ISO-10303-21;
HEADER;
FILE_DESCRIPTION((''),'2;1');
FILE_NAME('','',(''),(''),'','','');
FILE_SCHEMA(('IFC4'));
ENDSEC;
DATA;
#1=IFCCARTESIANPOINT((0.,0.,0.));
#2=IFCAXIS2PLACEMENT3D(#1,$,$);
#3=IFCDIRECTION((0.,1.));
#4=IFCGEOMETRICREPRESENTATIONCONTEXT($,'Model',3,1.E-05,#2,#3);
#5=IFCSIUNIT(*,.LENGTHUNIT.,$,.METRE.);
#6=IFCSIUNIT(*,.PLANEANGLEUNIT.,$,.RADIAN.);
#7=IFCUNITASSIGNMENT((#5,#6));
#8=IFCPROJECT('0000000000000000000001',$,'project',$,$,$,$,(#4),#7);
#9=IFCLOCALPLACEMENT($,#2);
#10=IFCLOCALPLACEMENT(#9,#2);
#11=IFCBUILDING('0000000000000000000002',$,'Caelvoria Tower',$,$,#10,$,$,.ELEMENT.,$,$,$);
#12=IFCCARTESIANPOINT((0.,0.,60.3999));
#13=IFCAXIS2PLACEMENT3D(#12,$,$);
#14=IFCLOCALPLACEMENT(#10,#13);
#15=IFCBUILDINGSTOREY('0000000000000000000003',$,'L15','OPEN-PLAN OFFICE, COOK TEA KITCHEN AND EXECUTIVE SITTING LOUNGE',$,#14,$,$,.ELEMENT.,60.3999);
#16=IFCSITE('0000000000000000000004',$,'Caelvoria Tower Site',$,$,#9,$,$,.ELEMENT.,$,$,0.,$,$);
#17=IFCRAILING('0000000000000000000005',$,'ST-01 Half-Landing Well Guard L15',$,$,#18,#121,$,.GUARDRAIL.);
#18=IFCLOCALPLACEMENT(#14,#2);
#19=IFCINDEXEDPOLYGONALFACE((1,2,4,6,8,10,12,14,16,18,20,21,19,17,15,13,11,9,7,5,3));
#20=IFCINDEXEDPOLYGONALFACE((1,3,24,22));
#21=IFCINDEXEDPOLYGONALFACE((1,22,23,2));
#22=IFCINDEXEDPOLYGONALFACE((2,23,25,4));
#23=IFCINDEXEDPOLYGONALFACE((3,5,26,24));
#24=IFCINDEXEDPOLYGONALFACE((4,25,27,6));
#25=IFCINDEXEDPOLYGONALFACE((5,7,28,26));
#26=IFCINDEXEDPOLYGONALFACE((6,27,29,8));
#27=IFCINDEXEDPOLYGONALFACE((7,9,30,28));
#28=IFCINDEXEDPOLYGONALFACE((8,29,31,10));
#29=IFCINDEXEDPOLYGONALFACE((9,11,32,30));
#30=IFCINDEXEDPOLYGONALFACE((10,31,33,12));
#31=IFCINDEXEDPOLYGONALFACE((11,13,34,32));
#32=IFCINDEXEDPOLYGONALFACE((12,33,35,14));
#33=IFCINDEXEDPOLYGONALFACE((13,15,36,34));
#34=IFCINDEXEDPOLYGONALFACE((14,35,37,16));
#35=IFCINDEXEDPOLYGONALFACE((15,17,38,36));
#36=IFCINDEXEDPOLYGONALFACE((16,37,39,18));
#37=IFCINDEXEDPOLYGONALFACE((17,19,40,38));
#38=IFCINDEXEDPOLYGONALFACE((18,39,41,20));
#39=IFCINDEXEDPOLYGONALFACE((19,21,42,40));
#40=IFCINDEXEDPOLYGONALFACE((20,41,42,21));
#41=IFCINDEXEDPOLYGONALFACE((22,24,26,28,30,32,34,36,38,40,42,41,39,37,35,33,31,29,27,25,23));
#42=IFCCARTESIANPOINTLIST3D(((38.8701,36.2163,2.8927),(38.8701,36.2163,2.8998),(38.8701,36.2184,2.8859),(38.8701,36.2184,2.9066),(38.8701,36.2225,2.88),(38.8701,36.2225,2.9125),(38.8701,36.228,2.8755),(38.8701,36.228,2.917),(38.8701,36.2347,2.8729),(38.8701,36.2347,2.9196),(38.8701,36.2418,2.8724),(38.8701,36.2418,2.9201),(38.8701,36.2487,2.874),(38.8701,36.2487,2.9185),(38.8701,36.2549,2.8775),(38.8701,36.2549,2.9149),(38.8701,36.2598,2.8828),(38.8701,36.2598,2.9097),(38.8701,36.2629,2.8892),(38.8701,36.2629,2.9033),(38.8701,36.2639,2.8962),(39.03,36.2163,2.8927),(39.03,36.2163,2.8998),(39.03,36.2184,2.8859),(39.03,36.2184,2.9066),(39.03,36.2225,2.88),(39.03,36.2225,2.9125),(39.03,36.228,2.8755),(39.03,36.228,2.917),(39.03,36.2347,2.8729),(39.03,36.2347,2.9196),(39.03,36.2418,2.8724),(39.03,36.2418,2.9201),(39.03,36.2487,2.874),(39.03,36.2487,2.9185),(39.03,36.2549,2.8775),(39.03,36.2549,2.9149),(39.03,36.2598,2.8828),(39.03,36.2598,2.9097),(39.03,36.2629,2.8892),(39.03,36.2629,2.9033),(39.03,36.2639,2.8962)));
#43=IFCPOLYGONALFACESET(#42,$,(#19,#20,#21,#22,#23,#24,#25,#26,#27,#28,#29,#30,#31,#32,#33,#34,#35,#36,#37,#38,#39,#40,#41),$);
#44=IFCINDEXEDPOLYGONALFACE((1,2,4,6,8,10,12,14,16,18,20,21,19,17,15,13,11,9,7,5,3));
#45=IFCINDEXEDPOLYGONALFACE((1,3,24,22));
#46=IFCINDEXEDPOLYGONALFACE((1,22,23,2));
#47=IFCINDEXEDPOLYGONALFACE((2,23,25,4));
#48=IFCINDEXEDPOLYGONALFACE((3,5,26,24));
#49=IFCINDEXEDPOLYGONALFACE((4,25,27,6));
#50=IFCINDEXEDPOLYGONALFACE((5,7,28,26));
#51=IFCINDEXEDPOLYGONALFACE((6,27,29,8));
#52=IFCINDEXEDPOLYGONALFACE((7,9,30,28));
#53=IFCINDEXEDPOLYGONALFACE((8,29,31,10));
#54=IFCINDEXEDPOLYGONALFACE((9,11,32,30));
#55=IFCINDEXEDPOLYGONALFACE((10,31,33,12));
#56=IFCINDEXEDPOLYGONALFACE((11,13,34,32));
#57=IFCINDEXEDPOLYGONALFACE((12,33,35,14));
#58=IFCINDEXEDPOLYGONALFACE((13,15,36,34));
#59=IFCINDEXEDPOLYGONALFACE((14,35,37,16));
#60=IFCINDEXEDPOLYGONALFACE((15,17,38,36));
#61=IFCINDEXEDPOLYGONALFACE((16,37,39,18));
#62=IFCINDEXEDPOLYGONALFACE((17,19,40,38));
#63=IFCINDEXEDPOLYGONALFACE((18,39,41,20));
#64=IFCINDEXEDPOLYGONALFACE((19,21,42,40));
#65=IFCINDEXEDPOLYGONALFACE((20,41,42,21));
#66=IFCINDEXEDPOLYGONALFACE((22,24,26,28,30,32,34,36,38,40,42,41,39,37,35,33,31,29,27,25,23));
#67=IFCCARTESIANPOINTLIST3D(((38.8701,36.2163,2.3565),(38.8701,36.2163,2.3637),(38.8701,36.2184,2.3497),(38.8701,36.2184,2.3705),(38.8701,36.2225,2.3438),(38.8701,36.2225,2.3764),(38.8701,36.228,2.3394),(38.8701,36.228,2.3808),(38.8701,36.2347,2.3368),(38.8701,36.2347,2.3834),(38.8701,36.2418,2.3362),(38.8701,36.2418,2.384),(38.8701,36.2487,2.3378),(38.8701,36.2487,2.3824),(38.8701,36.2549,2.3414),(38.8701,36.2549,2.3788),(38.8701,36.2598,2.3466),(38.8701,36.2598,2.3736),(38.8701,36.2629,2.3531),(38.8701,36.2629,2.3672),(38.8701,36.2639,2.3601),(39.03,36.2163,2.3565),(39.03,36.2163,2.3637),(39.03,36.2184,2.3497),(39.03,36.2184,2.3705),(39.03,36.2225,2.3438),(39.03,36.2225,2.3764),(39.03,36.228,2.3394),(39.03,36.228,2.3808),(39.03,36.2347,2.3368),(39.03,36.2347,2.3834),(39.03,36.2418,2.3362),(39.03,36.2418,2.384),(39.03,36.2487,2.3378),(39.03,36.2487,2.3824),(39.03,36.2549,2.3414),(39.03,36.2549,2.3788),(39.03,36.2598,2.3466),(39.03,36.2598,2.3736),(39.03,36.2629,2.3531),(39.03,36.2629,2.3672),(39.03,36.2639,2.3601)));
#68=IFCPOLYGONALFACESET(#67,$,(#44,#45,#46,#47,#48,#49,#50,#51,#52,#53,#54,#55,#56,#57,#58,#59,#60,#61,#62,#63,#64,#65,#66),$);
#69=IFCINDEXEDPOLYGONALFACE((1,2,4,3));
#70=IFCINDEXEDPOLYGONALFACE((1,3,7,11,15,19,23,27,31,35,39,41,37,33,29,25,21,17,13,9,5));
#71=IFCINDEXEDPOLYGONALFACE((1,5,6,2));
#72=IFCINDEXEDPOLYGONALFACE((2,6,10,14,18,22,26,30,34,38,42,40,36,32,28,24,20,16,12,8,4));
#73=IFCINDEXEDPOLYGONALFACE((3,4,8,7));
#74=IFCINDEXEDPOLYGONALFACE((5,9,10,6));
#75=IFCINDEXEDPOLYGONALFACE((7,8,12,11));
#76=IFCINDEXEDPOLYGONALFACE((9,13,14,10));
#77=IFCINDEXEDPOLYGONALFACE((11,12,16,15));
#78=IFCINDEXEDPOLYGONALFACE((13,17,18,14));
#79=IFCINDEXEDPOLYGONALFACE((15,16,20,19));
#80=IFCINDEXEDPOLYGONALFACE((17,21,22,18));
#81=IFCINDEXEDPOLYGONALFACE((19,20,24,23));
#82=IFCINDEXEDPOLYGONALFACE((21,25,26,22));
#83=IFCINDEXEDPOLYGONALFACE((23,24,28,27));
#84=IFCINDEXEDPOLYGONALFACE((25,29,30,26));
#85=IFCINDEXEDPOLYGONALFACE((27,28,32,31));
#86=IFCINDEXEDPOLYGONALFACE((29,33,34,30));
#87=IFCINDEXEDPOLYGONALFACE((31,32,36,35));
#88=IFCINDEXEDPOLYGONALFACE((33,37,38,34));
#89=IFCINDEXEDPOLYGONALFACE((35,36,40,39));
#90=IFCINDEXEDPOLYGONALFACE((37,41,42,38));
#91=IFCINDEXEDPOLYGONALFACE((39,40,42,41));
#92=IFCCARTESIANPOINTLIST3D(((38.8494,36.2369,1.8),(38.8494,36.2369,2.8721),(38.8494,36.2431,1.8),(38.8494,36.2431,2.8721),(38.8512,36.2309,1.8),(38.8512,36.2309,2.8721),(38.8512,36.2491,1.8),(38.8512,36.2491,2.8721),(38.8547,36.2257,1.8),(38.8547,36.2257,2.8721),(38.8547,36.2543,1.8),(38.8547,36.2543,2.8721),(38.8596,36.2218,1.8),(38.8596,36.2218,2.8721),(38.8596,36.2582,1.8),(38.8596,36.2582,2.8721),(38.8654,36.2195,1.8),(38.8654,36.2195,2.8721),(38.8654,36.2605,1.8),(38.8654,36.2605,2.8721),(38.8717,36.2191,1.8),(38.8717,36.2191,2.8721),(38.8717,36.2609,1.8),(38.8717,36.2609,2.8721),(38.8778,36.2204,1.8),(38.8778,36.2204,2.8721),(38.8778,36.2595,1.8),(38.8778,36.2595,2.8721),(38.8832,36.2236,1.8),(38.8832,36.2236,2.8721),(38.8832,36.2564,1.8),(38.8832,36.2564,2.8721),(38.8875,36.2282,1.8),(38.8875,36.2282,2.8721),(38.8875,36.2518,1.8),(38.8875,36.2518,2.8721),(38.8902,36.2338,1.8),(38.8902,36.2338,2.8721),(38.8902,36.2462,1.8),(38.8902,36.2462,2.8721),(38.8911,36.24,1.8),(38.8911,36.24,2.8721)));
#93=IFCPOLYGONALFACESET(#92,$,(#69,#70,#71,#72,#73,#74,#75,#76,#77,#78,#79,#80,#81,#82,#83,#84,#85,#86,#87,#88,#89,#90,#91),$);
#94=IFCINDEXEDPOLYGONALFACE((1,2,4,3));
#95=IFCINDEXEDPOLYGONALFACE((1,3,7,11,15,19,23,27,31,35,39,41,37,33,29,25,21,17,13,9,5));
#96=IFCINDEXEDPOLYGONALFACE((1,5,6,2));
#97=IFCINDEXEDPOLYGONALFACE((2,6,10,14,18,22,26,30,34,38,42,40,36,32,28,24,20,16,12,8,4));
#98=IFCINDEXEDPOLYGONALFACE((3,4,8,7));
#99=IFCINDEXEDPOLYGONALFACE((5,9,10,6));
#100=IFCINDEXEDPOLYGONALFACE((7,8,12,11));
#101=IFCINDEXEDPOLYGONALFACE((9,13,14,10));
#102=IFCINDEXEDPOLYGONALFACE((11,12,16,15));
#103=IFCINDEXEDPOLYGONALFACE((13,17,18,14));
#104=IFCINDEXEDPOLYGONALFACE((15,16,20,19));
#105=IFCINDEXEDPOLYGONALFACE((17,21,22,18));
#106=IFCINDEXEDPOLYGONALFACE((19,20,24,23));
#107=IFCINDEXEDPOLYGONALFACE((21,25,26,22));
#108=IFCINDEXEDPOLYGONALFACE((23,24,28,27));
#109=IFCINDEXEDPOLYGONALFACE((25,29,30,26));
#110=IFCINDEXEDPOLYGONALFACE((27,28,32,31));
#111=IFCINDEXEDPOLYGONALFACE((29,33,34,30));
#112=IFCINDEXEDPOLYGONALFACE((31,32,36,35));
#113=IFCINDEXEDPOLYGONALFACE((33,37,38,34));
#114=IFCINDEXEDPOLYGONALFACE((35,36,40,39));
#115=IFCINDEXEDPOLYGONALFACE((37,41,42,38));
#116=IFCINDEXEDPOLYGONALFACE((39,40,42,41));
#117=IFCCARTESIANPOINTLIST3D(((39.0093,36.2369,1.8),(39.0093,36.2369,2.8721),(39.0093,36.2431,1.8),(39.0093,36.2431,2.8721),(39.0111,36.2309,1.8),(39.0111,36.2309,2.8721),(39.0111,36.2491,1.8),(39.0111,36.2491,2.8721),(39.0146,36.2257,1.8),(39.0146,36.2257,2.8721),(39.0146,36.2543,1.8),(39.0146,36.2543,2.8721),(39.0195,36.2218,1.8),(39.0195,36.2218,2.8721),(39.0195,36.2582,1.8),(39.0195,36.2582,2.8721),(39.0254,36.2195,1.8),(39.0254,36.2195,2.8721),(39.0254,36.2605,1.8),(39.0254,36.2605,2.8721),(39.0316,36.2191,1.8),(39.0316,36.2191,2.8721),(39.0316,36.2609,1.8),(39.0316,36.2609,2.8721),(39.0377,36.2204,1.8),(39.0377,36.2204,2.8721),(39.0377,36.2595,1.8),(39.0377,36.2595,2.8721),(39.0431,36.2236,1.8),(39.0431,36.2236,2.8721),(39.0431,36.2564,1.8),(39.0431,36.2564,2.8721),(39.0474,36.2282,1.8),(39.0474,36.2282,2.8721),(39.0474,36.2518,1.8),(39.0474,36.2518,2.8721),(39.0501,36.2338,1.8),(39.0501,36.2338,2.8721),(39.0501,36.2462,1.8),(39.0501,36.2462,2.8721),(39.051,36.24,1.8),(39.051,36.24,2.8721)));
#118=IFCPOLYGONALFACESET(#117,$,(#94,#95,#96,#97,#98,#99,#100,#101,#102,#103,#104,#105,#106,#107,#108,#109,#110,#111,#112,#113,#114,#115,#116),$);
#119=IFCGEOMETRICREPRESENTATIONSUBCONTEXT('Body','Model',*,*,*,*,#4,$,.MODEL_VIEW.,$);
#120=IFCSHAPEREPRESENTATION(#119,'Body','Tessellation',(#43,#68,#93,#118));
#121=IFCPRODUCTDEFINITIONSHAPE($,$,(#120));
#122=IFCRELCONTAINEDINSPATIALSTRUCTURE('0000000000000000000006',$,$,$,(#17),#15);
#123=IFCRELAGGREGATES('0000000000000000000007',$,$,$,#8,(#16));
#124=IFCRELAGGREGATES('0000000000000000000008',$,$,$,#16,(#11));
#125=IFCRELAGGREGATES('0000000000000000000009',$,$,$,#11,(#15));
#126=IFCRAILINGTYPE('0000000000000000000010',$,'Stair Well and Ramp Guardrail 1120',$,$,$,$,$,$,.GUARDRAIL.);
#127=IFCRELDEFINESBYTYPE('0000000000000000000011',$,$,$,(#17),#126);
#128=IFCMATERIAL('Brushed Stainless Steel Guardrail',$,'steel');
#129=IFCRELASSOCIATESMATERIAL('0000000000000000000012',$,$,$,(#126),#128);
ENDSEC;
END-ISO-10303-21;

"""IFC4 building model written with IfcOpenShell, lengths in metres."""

from ifc_helpers import new_model, si_unit, direction, frame, origin, origin_2d, place, context, subcontext, project, spatial, circle, extrude, material, type_object, element, save


model = new_model("IFC4")

# Units and contexts
model_context = context("Model", 3, precision=1e-05, world=origin(), true_north=direction((0.0, 1.0)))
body_context = subcontext(model_context, "Body", "Model", "MODEL_VIEW")
ifc_project = project(units=[si_unit("LENGTHUNIT", "METRE"), si_unit("PLANEANGLEUNIT", "RADIAN")], contexts=[model_context])

# Site, building, storey
site_placement = place(None, origin())
site = spatial("IfcSite", under=ifc_project, at=site_placement, Name="Caelvoria Tower Site", CompositionType="ELEMENT", RefElevation=0.0)
building_placement = place(site_placement, origin())
building = spatial("IfcBuilding", under=site, at=building_placement, Name="Caelvoria Tower", CompositionType="ELEMENT")
storey_placement = place(building_placement, frame((0.0, 0.0, 60.3999)))
storey = spatial("IfcBuildingStorey", under=building, at=storey_placement, Name="L15", Description="OPEN-PLAN OFFICE, COOK TEA KITCHEN AND EXECUTIVE SITTING LOUNGE", CompositionType="ELEMENT", Elevation=60.3999)

# Railing
ifc_material_1 = material(Name="Brushed Stainless Steel Guardrail", Category="steel")
railing_type_1 = type_object("IfcRailingType", Name="Stair Well and Ramp Guardrail 1120", PredefinedType="GUARDRAIL", material=ifc_material_1)
railing_1_placement = place(storey_placement, frame((38.8701, 36.24, 1.8)))
element("IfcRailing", 1, at=railing_1_placement, inside=storey, type_object=railing_type_1, Name="ST-01 Half-Landing Well Guard L15", PredefinedType="GUARDRAIL", context=body_context, shape_type="SweptSolid", body=[
    extrude(circle(Radius=0.0239, at=origin_2d()), frame((0.0, 0.0, 1.0962), z_axis=(1.0, 0.0, 0.0), x_axis=(0.0, 1.0, 0.0)), (0.0, 0.0, 1.0), 0.1599),
    extrude(circle(Radius=0.0239, at=origin_2d()), frame((0.0, 0.0, 0.5601), z_axis=(1.0, 0.0, 0.0), x_axis=(0.0, 1.0, 0.0)), (0.0, 0.0, 1.0), 0.1599),
    extrude(circle(Radius=0.021, at=origin_2d()), origin(), (0.0, 0.0, 1.0), 1.072),
    extrude(circle(Radius=0.021, at=origin_2d()), frame((0.1599, 0.0, 0.0)), (0.0, 0.0, 1.0), 1.072),
])

save(model, "model.ifc")
